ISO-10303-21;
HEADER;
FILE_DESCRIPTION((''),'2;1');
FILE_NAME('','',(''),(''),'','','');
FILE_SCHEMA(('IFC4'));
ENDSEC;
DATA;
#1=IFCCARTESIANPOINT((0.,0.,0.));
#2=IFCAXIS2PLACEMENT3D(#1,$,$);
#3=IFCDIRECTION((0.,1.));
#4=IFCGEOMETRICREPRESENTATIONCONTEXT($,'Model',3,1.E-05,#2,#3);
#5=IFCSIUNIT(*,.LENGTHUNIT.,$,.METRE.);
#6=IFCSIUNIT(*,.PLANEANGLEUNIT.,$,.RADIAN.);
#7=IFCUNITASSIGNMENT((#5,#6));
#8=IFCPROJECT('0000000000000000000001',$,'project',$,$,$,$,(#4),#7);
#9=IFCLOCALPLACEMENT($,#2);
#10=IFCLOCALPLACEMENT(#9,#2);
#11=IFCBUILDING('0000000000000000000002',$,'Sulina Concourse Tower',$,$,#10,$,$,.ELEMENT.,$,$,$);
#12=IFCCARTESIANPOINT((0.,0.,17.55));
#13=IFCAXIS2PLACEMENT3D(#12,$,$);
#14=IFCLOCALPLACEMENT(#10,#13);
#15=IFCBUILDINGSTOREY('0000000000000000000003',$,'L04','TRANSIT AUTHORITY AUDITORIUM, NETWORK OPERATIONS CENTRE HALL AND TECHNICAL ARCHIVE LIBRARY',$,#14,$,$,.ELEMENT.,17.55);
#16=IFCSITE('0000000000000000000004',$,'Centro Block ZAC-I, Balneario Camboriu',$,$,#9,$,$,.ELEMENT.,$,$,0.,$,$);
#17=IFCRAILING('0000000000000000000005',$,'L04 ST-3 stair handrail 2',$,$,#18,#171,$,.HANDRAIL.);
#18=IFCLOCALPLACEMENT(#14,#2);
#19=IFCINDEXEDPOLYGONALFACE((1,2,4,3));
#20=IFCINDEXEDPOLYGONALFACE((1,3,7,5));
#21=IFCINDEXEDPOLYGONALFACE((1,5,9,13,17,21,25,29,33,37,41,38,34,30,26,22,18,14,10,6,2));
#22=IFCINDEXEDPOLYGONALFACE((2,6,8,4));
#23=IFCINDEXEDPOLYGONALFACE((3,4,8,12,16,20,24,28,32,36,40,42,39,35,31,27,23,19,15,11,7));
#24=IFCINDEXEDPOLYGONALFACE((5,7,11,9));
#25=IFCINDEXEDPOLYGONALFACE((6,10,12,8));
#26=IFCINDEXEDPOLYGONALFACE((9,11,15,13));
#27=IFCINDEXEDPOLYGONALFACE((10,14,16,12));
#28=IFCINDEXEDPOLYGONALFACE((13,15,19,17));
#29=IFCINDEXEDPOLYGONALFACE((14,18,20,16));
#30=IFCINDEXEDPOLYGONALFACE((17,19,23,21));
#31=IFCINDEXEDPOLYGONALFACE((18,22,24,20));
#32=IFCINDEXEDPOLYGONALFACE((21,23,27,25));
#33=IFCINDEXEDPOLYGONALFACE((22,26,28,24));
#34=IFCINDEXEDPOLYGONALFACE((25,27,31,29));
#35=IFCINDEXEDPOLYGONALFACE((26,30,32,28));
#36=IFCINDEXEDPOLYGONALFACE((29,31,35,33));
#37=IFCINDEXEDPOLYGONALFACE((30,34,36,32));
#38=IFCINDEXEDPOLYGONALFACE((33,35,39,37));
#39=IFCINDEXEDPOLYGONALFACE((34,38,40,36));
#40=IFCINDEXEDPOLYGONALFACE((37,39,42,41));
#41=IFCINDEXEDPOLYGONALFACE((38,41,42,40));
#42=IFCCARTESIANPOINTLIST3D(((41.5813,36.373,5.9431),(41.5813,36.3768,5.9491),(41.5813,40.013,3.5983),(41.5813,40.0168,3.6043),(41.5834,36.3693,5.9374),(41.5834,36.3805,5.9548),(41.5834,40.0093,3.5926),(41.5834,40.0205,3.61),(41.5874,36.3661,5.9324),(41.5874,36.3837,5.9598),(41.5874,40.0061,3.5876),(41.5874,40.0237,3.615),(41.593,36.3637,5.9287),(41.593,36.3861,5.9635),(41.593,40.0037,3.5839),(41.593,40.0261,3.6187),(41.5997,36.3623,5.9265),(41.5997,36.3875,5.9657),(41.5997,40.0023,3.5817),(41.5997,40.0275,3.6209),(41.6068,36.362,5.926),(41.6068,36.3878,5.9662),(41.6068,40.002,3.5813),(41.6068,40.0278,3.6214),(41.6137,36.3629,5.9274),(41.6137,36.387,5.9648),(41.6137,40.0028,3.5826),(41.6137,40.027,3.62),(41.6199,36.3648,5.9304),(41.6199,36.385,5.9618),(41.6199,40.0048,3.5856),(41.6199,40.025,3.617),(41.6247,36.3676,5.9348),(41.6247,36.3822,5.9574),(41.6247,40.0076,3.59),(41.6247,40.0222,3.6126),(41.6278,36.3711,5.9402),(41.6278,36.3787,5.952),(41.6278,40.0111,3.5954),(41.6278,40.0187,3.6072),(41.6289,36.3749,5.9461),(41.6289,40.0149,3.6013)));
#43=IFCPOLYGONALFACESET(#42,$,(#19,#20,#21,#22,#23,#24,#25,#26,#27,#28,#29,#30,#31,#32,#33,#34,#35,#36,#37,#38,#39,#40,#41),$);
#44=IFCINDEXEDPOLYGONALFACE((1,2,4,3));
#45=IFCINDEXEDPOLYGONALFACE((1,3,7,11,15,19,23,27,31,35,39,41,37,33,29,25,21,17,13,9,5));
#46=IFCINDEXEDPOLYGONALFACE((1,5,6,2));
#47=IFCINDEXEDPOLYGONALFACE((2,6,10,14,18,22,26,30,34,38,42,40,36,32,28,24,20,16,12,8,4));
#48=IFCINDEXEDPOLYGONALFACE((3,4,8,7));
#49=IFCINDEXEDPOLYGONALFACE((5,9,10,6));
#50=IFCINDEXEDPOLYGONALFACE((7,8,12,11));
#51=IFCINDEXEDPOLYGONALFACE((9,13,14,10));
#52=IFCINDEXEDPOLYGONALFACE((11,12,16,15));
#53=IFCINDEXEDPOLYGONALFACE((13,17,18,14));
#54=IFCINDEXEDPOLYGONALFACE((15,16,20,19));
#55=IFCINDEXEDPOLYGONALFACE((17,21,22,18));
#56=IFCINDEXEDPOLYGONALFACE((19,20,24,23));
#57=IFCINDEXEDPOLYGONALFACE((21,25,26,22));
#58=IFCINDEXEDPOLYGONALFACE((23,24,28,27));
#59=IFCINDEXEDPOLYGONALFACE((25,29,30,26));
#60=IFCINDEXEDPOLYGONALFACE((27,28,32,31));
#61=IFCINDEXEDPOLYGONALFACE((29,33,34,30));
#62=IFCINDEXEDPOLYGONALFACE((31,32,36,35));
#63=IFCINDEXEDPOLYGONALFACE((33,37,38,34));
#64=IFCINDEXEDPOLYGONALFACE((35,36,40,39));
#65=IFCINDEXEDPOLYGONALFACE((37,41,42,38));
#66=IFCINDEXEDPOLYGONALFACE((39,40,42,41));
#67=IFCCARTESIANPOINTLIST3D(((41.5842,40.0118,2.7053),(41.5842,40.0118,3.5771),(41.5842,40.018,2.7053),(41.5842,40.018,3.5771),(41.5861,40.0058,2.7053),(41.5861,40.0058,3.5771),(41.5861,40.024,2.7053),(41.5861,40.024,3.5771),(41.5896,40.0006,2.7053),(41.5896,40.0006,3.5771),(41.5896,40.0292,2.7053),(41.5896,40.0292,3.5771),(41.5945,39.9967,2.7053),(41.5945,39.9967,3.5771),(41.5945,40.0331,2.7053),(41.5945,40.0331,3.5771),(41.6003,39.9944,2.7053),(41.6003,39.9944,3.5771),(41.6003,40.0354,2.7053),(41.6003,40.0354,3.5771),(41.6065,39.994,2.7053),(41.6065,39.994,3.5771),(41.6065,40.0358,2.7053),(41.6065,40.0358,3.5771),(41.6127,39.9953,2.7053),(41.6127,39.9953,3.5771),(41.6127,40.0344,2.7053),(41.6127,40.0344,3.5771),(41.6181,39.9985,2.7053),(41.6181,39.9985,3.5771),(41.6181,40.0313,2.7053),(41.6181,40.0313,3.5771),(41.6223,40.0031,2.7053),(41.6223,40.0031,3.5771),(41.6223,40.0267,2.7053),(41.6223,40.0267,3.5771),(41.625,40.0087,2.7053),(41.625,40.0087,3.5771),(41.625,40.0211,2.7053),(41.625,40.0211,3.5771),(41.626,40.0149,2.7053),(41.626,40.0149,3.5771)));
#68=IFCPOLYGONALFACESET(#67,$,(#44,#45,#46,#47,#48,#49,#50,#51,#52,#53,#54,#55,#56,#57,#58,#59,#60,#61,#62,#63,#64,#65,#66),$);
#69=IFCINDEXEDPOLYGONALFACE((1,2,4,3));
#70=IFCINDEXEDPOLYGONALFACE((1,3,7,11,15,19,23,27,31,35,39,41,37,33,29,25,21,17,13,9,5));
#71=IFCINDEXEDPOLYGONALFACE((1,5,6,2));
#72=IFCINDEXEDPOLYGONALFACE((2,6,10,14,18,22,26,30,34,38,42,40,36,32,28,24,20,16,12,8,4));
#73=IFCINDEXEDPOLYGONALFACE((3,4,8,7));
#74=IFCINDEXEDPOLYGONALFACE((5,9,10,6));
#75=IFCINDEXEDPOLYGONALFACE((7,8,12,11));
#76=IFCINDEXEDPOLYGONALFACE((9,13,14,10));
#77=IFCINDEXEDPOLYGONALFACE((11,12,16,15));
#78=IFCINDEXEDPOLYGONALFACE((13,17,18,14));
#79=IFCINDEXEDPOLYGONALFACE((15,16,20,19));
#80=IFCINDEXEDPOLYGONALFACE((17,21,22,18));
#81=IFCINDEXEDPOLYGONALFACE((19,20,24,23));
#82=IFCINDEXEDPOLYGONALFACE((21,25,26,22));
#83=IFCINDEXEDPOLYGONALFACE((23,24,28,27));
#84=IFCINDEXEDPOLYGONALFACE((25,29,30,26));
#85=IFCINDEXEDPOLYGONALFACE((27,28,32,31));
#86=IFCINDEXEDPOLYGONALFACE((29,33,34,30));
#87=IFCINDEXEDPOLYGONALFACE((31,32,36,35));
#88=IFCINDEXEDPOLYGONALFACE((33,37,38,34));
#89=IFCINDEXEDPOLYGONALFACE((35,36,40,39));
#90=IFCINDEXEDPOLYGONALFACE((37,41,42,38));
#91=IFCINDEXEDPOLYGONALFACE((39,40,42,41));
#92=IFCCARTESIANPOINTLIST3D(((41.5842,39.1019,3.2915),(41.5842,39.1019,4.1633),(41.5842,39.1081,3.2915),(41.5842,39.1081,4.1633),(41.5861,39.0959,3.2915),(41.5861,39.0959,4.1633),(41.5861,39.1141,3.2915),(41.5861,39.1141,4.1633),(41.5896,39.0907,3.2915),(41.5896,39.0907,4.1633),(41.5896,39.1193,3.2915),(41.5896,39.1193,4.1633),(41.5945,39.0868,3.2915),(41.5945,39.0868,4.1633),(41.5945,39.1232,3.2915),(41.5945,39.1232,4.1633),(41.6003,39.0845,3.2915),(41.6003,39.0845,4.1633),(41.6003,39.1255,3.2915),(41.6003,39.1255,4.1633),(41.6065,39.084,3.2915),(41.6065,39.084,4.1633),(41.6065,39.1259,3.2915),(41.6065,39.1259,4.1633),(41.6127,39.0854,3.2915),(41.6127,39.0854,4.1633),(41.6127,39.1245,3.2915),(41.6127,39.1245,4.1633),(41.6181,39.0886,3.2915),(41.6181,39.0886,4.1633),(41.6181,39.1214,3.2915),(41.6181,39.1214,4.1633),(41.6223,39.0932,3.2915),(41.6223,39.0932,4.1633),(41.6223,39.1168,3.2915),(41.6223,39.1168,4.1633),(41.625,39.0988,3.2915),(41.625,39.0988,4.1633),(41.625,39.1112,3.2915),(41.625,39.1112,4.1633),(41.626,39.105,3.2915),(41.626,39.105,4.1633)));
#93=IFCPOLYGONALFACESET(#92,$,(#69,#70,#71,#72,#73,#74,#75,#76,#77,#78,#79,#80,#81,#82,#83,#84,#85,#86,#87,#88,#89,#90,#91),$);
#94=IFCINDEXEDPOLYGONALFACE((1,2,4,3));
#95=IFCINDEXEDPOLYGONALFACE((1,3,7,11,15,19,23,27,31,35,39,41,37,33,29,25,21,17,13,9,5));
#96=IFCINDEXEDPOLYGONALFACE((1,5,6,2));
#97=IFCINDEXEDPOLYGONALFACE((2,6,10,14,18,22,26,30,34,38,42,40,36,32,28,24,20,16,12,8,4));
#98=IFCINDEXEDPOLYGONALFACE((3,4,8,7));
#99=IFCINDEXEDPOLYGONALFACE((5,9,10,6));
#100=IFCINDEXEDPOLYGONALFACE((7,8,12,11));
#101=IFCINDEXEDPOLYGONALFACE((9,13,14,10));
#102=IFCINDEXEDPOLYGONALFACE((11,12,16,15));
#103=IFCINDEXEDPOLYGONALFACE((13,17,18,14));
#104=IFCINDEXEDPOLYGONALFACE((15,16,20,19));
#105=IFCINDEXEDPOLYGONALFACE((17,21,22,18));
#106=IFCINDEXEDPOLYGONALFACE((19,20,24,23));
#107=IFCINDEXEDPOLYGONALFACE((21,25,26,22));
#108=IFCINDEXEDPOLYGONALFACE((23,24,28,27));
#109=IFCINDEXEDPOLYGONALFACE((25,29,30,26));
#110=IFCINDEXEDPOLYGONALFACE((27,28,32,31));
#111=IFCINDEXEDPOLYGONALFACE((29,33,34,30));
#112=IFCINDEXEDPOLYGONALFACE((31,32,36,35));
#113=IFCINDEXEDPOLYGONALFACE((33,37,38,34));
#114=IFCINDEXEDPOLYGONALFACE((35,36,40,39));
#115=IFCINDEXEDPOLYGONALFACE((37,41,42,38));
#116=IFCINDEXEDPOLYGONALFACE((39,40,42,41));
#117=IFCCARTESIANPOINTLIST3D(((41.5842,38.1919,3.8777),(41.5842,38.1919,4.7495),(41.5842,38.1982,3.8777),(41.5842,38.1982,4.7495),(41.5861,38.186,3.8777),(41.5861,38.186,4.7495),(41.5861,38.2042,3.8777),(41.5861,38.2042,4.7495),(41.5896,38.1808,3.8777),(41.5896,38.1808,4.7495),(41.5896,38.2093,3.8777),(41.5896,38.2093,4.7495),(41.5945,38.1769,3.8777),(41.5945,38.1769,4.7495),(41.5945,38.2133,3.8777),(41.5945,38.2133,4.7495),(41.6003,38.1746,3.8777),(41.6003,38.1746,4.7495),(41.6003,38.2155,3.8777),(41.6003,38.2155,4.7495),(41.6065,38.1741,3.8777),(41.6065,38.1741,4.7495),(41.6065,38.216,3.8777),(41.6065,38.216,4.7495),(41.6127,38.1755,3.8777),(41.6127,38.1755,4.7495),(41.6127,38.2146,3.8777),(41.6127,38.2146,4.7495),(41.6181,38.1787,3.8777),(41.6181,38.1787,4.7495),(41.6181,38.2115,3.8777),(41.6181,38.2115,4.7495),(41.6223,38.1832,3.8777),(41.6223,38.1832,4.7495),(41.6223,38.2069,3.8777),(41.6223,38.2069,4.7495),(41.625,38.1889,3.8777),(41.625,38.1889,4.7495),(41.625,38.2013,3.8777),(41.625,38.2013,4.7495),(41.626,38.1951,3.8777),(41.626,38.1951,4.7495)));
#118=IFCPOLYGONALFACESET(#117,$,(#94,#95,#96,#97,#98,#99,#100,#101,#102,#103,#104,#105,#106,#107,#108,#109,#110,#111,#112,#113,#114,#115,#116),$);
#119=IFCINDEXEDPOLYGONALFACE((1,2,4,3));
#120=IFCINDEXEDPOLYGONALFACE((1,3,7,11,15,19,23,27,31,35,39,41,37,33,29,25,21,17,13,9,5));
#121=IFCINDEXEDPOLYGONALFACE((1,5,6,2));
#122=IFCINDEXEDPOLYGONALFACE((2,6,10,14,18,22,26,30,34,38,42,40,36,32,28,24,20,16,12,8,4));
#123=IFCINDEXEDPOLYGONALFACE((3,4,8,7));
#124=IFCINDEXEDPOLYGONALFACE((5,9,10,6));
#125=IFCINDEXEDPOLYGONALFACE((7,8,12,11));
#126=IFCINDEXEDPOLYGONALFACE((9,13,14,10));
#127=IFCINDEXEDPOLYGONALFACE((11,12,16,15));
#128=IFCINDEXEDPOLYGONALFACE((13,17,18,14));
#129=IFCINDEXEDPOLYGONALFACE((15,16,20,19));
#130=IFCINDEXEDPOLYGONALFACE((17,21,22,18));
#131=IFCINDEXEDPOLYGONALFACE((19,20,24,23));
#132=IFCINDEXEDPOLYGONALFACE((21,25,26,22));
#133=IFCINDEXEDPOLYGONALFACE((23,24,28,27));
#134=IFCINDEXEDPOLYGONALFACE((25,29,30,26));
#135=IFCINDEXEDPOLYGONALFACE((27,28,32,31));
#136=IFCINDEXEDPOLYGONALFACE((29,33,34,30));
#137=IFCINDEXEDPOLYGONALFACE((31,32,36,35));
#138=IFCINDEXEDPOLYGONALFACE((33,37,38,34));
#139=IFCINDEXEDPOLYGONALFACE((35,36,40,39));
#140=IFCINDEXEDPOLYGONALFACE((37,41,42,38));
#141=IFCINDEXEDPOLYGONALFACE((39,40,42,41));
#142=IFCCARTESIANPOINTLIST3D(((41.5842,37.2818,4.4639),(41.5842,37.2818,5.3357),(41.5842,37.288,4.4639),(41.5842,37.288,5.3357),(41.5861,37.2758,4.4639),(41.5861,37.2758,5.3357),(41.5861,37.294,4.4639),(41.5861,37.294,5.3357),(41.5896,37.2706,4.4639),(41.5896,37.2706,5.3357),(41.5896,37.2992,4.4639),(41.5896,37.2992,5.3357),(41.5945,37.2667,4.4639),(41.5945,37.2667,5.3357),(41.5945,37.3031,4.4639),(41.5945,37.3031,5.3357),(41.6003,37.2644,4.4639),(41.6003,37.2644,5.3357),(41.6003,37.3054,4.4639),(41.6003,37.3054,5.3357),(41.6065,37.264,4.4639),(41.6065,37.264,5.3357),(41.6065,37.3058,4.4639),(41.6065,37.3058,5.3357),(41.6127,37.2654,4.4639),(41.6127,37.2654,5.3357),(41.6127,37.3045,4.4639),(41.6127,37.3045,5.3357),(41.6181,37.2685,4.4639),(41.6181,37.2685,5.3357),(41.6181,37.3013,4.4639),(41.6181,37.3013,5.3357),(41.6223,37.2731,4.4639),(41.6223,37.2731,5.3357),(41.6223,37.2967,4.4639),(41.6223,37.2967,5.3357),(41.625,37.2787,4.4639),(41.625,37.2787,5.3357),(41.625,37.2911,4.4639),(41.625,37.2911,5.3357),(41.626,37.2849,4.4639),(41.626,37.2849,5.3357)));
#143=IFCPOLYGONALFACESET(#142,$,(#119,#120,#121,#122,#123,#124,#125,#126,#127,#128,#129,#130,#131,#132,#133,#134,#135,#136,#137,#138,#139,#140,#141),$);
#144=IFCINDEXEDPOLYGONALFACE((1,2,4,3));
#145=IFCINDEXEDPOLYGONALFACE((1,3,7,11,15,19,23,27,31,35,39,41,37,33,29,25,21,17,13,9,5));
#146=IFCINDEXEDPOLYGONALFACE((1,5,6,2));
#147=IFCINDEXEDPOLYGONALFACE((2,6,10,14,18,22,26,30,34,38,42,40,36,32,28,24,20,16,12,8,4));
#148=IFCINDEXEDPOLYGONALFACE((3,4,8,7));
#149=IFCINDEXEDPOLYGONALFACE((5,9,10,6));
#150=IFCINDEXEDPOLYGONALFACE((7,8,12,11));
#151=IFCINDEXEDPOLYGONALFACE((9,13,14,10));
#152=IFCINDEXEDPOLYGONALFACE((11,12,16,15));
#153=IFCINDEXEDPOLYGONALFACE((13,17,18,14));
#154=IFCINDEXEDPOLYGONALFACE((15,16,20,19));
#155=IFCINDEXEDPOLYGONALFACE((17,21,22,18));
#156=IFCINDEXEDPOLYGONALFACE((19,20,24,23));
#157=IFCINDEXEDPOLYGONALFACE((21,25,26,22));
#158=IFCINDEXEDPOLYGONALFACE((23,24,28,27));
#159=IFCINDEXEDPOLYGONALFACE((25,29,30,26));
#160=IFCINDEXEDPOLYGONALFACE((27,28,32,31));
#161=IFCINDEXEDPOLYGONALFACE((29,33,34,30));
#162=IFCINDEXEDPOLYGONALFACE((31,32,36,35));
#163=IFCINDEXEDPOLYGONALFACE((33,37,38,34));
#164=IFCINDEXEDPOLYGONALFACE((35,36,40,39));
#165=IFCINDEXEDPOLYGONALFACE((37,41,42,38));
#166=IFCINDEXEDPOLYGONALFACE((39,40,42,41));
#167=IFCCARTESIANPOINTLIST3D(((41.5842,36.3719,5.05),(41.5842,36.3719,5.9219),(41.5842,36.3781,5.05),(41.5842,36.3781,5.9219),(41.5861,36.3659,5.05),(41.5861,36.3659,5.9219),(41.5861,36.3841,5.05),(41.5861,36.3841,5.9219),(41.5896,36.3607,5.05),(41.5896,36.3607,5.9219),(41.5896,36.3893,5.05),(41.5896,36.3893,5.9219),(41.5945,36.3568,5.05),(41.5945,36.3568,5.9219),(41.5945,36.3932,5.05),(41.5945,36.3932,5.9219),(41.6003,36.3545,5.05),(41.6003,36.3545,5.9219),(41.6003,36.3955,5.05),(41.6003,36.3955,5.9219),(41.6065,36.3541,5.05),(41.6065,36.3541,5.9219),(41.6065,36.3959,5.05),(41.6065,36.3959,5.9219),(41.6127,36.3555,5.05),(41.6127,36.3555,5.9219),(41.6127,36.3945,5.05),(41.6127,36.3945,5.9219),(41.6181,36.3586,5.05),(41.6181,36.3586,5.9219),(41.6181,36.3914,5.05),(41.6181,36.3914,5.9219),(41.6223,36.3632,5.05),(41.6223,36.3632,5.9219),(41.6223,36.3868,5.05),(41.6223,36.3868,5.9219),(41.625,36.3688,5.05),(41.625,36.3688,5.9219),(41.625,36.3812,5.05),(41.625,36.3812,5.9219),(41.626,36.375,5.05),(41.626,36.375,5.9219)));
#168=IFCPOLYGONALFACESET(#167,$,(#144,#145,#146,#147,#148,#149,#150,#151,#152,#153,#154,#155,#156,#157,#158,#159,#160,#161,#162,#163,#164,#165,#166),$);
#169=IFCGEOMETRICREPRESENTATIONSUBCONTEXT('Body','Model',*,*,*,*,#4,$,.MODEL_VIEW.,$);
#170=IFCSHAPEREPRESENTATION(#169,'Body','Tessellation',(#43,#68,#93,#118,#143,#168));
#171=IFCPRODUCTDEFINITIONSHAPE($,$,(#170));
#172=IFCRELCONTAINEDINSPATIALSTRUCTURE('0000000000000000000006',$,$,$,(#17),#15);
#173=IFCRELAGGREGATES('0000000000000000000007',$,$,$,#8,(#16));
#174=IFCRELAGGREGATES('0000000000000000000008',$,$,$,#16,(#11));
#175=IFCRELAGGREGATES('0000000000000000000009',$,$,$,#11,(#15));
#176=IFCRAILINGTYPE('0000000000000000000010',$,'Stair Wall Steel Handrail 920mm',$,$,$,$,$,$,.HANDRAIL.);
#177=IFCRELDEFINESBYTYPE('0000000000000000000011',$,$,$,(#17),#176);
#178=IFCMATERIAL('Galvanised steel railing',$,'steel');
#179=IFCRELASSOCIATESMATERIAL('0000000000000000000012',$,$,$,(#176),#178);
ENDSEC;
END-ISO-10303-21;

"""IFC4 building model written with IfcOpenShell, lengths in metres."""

from ifc_helpers import new_model, si_unit, direction, frame, origin, origin_2d, place, context, subcontext, project, spatial, circle, extrude, material, type_object, element, save


model = new_model("IFC4")

# Units and contexts
model_context = context("Model", 3, precision=1e-05, world=origin(), true_north=direction((0.0, 1.0)))
body_context = subcontext(model_context, "Body", "Model", "MODEL_VIEW")
ifc_project = project(units=[si_unit("LENGTHUNIT", "METRE"), si_unit("PLANEANGLEUNIT", "RADIAN")], contexts=[model_context])

# Site, building, storey
site_placement = place(None, origin())
site = spatial("IfcSite", under=ifc_project, at=site_placement, Name="Centro Block ZAC-I, Balneario Camboriu", CompositionType="ELEMENT", RefElevation=0.0)
building_placement = place(site_placement, origin())
building = spatial("IfcBuilding", under=site, at=building_placement, Name="Sulina Concourse Tower", CompositionType="ELEMENT")
storey_placement = place(building_placement, frame((0.0, 0.0, 17.55)))
storey = spatial("IfcBuildingStorey", under=building, at=storey_placement, Name="L04", Description="TRANSIT AUTHORITY AUDITORIUM, NETWORK OPERATIONS CENTRE HALL AND TECHNICAL ARCHIVE LIBRARY", CompositionType="ELEMENT", Elevation=17.55)

# Railing
ifc_material_1 = material(Name="Galvanised steel railing", Category="steel")
railing_type_1 = type_object("IfcRailingType", Name="Stair Wall Steel Handrail 920mm", PredefinedType="HANDRAIL", material=ifc_material_1)
railing_1_placement = place(storey_placement, frame((41.605, 40.0149, 2.7053)))
element("IfcRailing", 1, at=railing_1_placement, inside=storey, type_object=railing_type_1, Name="L04 ST-3 stair handrail 2", PredefinedType="HANDRAIL", context=body_context, shape_type="SweptSolid", body=[
    extrude(circle(Radius=0.0239, at=origin_2d()), frame((0.0, 0.0, 0.896), z_axis=(0.0, -0.840674, 0.541541), x_axis=(1.0, 0.0, 0.0)), (0.0, 0.0, 1.0), 4.3298),
    extrude(circle(Radius=0.021, at=origin_2d()), origin(), (0.0, 0.0, 1.0), 0.8718),
    extrude(circle(Radius=0.021, at=origin_2d()), frame((0.0, -0.9099, 0.5862)), (0.0, 0.0, 1.0), 0.8718),
    extrude(circle(Radius=0.021, at=origin_2d()), frame((0.0, -1.8198, 1.1724)), (0.0, 0.0, 1.0), 0.8718),
    extrude(circle(Radius=0.021, at=origin_2d()), frame((0.0, -2.73, 1.7585)), (0.0, 0.0, 1.0), 0.8718),
    extrude(circle(Radius=0.021, at=origin_2d()), frame((0.0, -3.6399, 2.3447)), (0.0, 0.0, 1.0), 0.8718),
])

save(model, "model.ifc")
